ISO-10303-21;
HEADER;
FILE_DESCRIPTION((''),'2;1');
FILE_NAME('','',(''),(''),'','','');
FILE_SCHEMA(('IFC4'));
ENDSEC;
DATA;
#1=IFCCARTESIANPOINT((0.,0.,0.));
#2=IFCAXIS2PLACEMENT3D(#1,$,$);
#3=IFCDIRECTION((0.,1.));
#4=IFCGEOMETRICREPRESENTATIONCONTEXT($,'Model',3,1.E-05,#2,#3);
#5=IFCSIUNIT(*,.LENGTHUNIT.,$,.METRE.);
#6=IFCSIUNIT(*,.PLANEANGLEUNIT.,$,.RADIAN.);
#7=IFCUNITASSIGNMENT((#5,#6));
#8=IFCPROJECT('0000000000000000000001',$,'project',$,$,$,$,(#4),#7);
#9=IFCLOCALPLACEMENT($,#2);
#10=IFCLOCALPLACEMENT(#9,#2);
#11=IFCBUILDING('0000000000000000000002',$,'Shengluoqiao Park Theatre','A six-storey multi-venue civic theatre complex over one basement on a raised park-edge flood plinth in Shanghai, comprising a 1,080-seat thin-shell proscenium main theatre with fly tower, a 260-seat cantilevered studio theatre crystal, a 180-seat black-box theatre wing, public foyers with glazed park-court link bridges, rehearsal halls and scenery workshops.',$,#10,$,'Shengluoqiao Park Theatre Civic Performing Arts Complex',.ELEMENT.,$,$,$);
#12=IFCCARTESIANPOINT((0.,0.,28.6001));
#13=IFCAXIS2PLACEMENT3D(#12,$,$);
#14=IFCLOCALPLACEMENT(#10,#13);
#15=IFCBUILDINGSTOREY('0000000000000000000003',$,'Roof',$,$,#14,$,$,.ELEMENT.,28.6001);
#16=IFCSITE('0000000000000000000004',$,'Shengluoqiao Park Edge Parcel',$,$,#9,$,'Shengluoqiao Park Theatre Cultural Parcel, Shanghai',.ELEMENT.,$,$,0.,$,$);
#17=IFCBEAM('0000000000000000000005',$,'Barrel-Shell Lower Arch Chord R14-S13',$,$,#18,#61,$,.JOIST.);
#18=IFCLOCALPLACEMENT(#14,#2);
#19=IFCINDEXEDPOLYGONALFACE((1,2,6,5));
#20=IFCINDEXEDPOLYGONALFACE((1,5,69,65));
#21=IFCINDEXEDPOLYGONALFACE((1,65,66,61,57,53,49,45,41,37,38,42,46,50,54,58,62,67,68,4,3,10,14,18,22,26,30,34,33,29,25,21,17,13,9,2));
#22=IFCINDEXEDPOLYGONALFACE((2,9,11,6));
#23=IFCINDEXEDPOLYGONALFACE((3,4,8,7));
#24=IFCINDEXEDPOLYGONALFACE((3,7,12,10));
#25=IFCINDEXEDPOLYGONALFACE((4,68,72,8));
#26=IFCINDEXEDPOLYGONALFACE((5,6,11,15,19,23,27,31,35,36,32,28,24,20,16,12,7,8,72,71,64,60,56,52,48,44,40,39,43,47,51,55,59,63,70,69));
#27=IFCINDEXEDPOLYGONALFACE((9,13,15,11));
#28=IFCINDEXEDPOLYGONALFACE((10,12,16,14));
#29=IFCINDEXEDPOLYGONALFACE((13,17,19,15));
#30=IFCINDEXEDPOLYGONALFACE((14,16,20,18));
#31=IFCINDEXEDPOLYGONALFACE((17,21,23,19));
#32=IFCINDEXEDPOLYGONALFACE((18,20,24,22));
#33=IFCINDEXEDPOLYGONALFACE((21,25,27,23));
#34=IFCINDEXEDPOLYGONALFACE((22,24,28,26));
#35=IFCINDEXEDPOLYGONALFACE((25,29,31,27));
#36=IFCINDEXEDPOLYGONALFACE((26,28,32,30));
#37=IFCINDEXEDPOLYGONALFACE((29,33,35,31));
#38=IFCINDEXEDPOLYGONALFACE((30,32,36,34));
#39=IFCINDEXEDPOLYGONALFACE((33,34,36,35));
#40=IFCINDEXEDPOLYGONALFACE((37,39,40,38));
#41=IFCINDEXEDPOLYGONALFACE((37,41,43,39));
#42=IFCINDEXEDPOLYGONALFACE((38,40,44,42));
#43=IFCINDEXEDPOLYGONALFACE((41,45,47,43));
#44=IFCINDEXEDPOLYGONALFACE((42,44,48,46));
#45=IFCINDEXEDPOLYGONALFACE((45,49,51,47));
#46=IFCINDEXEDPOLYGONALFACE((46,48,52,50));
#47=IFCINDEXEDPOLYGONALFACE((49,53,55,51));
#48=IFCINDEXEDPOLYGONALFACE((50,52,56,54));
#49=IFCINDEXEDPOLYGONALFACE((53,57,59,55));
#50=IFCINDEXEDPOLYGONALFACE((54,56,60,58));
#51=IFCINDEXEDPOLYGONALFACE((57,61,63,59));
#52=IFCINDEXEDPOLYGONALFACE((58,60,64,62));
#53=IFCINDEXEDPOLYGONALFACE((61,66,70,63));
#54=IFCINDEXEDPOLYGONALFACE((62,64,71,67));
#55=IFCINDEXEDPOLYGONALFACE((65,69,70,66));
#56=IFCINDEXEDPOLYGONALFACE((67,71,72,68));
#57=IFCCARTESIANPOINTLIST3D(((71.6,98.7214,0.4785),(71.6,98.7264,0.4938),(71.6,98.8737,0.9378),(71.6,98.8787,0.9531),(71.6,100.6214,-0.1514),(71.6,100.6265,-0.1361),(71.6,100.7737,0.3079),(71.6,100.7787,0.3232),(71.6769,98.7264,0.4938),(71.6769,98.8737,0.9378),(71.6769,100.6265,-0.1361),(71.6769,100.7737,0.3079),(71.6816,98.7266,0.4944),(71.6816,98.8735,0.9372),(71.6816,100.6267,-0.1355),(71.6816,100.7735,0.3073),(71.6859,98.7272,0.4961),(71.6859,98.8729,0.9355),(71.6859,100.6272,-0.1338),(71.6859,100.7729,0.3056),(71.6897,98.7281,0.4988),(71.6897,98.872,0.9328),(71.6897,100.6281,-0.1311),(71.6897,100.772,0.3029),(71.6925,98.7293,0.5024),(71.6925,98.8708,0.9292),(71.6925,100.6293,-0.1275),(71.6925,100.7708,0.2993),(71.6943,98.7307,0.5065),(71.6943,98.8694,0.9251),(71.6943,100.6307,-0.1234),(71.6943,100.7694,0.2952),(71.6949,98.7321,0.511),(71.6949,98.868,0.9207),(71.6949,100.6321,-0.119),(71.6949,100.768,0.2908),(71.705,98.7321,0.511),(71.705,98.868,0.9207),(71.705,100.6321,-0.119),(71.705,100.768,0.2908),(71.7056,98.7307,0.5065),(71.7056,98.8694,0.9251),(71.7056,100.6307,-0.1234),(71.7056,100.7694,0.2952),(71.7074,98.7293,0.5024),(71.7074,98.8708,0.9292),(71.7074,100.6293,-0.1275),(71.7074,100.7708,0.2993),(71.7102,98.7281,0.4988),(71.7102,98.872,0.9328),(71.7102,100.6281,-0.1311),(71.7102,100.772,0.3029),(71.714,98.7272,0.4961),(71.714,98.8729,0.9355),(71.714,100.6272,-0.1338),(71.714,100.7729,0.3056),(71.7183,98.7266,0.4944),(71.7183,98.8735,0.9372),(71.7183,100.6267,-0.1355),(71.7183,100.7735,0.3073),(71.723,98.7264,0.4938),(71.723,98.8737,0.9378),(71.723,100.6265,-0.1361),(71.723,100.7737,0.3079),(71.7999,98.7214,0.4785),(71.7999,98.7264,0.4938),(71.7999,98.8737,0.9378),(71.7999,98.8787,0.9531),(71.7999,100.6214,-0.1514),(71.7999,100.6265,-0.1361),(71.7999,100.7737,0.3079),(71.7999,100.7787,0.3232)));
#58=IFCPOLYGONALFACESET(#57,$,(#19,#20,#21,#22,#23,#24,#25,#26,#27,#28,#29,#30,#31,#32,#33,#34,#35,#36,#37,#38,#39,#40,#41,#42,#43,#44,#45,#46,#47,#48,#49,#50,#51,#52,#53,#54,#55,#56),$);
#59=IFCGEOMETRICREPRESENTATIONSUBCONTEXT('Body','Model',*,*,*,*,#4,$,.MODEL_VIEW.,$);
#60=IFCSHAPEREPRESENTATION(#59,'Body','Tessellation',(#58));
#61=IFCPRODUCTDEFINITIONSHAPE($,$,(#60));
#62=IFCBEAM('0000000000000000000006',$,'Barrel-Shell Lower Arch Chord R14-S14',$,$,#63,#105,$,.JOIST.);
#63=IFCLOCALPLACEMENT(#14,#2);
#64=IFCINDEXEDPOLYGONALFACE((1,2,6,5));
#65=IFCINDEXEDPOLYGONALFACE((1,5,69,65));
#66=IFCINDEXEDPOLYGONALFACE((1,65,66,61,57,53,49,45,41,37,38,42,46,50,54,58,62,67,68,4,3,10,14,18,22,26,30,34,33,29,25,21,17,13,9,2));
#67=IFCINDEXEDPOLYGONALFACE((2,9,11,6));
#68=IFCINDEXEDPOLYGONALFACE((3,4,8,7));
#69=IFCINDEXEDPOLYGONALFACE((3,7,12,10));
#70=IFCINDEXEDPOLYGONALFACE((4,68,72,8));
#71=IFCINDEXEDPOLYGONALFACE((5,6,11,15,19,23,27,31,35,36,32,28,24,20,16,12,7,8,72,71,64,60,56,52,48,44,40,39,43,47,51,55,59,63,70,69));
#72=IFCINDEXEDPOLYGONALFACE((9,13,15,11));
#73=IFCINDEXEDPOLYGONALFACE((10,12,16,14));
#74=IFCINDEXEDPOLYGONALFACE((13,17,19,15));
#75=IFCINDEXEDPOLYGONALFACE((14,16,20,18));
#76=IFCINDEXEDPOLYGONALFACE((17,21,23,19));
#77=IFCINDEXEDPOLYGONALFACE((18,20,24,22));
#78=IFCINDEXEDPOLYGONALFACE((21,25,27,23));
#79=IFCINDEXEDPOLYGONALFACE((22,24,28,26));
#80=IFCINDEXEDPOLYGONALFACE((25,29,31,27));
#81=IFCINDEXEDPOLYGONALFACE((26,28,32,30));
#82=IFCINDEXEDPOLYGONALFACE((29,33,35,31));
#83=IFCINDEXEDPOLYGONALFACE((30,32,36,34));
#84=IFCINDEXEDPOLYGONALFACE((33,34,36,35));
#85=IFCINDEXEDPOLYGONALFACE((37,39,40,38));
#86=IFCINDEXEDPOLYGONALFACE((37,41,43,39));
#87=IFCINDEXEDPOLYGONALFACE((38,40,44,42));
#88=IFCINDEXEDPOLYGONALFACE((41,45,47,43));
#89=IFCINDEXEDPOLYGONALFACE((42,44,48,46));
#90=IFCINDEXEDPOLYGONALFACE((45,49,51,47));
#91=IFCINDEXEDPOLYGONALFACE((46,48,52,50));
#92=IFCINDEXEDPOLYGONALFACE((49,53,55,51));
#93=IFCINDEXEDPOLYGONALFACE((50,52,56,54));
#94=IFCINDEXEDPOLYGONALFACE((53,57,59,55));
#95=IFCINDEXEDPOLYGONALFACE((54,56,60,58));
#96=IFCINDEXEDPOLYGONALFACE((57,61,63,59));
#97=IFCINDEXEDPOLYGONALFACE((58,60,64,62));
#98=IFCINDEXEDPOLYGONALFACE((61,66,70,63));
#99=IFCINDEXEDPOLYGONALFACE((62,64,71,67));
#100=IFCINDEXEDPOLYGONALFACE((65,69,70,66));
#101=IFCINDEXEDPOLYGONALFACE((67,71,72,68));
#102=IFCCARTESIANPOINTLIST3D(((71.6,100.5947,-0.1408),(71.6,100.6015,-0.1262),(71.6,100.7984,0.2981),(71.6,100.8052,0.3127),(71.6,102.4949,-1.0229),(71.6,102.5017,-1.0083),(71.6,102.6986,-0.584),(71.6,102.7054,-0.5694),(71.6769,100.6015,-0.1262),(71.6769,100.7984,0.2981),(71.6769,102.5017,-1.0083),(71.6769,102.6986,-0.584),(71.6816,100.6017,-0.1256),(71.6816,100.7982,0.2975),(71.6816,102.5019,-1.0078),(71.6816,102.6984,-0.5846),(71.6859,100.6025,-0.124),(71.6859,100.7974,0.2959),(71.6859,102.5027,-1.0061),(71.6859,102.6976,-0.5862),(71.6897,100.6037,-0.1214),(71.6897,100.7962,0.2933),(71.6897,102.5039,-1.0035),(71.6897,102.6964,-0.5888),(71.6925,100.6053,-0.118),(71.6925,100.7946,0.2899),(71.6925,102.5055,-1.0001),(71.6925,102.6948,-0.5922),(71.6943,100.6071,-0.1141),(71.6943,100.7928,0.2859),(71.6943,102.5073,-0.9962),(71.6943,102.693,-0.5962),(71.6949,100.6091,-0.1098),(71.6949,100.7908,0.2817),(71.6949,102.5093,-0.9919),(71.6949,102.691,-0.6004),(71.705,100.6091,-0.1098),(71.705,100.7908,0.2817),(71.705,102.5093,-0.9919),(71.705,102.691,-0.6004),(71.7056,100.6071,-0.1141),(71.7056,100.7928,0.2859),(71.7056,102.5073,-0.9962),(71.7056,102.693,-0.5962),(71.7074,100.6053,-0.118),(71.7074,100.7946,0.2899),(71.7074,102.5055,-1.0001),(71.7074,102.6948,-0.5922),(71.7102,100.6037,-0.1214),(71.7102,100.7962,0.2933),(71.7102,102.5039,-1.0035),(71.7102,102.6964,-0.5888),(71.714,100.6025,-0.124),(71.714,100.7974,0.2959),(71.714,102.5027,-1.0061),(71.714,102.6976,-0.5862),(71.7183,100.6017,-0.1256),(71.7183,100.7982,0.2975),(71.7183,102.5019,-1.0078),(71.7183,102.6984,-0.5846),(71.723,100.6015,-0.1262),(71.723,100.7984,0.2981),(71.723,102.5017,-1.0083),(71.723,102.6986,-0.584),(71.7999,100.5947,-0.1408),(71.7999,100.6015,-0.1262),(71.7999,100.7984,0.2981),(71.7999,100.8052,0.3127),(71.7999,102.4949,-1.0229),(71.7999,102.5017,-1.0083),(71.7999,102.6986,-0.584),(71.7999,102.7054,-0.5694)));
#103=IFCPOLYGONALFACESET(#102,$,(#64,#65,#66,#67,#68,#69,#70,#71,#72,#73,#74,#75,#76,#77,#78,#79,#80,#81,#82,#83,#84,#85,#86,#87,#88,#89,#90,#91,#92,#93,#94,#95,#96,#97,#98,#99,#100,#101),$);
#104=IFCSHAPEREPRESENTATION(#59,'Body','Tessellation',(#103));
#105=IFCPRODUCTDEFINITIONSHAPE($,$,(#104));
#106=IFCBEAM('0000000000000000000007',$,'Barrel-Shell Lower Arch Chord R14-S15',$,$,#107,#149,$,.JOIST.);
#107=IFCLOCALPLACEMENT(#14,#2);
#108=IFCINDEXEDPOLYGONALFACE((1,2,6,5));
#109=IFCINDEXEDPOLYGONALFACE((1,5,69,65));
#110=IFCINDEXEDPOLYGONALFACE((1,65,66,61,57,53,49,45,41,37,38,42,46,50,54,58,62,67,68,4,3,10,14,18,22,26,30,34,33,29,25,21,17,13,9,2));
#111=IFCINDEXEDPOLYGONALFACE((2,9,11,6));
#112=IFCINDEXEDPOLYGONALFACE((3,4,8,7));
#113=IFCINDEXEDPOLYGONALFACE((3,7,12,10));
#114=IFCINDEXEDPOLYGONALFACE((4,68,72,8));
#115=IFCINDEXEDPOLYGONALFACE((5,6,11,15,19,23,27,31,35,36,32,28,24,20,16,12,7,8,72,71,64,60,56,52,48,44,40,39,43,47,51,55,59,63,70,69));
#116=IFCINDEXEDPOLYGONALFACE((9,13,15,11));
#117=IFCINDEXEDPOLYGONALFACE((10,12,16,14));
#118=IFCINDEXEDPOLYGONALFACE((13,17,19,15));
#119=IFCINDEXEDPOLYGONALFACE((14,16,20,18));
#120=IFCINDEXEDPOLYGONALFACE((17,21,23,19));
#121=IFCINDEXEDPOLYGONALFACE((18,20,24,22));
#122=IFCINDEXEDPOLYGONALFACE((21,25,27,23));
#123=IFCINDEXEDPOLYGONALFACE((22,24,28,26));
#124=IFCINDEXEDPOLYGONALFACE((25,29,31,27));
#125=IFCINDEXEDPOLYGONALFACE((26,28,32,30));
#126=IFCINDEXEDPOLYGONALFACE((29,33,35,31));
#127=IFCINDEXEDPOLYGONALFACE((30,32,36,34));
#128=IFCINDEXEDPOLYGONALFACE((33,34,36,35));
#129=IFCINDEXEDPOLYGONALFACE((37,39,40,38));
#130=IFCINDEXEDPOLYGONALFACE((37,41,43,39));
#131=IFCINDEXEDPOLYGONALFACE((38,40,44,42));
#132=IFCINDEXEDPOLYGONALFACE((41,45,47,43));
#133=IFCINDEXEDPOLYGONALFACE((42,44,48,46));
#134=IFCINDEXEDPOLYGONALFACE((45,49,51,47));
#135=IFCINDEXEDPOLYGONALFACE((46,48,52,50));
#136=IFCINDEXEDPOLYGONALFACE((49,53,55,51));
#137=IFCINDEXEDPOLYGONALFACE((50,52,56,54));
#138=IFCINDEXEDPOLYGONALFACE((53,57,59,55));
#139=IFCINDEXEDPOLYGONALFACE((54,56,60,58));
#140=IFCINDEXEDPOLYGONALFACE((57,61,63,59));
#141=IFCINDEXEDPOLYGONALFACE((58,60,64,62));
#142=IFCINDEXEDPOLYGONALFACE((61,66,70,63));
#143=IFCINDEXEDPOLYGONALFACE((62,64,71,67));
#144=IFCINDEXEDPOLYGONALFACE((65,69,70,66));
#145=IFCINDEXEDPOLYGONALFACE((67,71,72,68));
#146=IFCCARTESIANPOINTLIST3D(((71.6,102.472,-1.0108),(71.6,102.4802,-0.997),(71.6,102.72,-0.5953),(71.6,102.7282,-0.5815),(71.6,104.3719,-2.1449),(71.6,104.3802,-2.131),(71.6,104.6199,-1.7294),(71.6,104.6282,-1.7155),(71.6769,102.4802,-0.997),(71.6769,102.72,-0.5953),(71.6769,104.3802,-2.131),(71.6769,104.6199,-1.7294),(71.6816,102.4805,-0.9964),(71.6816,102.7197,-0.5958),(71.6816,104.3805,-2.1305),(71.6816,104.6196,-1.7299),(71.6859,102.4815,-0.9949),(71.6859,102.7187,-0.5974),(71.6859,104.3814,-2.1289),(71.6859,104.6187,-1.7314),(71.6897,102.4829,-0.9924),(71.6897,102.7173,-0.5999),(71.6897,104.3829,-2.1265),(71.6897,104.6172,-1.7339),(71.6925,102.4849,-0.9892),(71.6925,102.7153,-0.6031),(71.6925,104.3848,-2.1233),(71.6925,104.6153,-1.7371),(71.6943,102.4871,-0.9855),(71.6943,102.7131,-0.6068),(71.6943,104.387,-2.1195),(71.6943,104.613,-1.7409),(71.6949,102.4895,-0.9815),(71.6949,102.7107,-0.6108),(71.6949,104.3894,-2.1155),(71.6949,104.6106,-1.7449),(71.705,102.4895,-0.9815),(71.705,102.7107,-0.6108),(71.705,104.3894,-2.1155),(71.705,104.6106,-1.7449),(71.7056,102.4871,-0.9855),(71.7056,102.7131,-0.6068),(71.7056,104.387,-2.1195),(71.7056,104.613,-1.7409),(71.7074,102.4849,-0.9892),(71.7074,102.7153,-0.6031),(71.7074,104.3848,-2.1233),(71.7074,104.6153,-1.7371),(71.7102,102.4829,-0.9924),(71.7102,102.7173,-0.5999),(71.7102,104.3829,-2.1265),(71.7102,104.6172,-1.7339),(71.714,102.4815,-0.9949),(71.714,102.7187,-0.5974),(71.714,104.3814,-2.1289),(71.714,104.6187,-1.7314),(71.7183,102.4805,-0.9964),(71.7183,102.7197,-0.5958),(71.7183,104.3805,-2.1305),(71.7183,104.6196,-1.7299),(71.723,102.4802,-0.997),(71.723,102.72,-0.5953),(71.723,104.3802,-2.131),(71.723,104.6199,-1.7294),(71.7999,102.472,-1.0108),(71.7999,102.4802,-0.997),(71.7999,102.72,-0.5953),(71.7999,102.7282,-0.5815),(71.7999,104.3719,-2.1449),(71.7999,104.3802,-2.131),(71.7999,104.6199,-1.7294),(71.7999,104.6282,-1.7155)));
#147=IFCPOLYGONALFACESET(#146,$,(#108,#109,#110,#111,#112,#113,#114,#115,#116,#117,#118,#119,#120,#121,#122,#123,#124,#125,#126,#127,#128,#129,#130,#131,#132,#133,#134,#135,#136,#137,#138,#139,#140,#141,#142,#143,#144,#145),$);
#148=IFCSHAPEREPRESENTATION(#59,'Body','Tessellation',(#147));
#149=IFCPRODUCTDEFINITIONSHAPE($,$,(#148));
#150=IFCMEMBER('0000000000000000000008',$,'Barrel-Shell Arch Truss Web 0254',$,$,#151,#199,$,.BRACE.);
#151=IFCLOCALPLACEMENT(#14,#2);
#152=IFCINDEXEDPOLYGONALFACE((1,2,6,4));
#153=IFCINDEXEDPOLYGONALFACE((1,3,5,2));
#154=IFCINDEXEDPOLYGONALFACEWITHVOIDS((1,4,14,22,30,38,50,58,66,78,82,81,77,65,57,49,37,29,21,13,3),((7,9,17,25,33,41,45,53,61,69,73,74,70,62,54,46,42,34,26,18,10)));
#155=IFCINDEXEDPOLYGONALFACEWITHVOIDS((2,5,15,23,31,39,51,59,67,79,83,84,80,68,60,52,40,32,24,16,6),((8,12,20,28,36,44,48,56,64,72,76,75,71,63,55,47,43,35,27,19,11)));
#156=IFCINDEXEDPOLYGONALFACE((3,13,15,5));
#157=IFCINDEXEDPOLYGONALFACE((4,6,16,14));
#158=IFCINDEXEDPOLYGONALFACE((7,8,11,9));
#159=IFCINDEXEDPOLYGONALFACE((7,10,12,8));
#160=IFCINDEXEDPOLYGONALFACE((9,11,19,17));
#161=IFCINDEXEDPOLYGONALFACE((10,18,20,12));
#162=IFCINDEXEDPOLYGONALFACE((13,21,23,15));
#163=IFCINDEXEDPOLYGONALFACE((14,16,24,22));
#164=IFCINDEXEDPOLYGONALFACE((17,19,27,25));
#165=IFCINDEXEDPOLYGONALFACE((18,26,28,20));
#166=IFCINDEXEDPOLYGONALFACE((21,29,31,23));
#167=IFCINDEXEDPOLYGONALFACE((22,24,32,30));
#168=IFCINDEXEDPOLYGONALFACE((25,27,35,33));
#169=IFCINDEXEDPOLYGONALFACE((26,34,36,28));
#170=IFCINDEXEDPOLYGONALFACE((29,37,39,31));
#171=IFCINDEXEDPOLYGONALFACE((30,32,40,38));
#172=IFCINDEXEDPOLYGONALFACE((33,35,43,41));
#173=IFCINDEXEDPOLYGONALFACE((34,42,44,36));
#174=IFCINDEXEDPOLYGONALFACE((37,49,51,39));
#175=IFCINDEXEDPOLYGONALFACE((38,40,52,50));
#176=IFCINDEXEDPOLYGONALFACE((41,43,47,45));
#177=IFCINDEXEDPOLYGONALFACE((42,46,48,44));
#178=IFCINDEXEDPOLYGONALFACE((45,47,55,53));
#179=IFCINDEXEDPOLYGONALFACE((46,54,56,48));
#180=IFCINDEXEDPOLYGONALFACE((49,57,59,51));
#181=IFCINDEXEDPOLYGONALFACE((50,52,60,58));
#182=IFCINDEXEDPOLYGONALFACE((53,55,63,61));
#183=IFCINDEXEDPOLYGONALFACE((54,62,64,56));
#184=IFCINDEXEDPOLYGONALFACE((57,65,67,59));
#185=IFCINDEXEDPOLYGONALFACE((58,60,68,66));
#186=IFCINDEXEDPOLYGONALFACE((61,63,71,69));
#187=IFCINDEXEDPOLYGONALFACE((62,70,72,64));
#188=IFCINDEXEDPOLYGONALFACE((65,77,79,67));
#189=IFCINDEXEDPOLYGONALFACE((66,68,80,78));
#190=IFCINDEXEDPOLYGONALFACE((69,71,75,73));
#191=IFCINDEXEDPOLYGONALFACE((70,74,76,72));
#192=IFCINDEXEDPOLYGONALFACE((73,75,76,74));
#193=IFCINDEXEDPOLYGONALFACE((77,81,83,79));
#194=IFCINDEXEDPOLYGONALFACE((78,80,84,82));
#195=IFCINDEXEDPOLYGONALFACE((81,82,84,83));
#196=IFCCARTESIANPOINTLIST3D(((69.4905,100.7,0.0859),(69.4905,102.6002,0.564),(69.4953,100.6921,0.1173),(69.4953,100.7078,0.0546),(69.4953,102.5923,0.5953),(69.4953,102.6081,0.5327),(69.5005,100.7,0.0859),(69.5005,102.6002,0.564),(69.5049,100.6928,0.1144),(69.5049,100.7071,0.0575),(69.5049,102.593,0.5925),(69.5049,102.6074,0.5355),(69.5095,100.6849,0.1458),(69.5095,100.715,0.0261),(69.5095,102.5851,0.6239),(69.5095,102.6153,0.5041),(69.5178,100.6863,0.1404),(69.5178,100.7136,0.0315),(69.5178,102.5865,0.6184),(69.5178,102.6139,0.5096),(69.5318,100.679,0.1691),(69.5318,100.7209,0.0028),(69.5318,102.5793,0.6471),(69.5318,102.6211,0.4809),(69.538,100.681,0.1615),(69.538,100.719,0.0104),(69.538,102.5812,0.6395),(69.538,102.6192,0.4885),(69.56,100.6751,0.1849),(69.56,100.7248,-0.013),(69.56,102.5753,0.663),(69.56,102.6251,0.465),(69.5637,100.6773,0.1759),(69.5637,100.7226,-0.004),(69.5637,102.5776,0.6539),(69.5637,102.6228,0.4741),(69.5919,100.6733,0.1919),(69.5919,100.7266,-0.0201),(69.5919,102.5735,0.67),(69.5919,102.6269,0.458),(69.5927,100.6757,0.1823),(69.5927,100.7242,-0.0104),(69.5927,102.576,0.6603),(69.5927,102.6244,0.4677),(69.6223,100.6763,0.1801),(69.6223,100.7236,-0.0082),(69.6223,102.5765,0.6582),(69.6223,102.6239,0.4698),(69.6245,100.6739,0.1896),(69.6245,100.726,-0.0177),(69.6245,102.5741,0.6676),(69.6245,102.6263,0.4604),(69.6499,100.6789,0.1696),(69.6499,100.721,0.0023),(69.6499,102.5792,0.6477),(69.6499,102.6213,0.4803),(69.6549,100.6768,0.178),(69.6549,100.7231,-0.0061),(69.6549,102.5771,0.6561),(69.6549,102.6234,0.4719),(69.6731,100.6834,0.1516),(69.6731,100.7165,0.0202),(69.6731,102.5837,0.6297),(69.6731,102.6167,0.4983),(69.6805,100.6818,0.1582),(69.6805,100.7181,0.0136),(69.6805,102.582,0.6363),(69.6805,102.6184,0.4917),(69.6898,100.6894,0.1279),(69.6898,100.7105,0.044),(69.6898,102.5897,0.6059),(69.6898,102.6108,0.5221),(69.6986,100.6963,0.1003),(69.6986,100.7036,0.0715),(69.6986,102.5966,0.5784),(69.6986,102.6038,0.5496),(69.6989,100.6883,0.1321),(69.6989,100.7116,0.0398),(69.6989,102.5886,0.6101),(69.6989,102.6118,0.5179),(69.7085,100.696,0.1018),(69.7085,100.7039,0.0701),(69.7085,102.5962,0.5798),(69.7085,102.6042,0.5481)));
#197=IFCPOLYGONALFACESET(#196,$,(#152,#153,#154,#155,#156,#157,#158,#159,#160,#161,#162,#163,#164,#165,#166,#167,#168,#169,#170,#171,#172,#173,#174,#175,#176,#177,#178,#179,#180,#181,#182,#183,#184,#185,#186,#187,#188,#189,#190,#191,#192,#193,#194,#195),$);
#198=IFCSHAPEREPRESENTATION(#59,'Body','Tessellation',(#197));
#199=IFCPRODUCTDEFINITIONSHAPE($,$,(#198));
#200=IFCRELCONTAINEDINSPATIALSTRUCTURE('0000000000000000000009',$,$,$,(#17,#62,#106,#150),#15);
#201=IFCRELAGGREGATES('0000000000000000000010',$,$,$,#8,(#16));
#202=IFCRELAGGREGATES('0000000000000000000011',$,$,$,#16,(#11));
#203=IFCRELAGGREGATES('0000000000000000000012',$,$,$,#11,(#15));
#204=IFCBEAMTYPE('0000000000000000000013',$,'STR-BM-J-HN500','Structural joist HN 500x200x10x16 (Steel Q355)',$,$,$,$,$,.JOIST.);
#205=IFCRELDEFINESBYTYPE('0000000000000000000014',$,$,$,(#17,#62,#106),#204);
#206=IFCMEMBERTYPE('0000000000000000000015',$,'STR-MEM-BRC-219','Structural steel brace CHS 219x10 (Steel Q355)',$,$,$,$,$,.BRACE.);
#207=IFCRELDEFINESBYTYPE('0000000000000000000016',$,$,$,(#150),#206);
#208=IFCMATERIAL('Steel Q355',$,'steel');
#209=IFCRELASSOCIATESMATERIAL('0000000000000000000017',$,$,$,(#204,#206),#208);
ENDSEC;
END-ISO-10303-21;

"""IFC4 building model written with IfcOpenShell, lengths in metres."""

from ifc_helpers import new_model, si_unit, direction, frame, origin, origin_2d, place, context, subcontext, project, spatial, hollow_circle, i_section, extrude, material, material_profile, profile_set, type_object, element, save


model = new_model("IFC4")

# Units and contexts
model_context = context("Model", 3, precision=1e-05, world=origin(), true_north=direction((0.0, 1.0)))
body_context = subcontext(model_context, "Body", "Model", "MODEL_VIEW")
ifc_project = project(units=[si_unit("LENGTHUNIT", "METRE"), si_unit("PLANEANGLEUNIT", "RADIAN")], contexts=[model_context])

# Site, building, storey
site_placement = place(None, origin())
site = spatial("IfcSite", under=ifc_project, at=site_placement, Name="Shengluoqiao Park Edge Parcel", LongName="Shengluoqiao Park Theatre Cultural Parcel, Shanghai", CompositionType="ELEMENT", RefElevation=0.0)
building_placement = place(site_placement, origin())
building = spatial("IfcBuilding", under=site, at=building_placement, Name="Shengluoqiao Park Theatre", Description="A six-storey multi-venue civic theatre complex over one basement on a raised park-edge flood plinth in Shanghai, comprising a 1,080-seat thin-shell proscenium main theatre with fly tower, a 260-seat cantilevered studio theatre crystal, a 180-seat black-box theatre wing, public foyers with glazed park-court link bridges, rehearsal halls and scenery workshops.", LongName="Shengluoqiao Park Theatre Civic Performing Arts Complex", CompositionType="ELEMENT")
storey_placement = place(building_placement, frame((0.0, 0.0, 28.6001)))
storey = spatial("IfcBuildingStorey", under=building, at=storey_placement, Name="Roof", CompositionType="ELEMENT", Elevation=28.6001)

# Beams
ifc_material_1 = material(Name="Steel Q355", Category="steel")
ifc_material_profile_1 = material_profile(ifc_material_1, i_section(OverallWidth=0.2, OverallDepth=0.5, WebThickness=0.01, FlangeThickness=0.0161, FilletRadius=0.0181, at=origin_2d()), Name="HN 500x200x10x16")
ifc_profile_set_1 = profile_set([ifc_material_profile_1], Name="Steel Q355")
beam_type_1 = type_object("IfcBeamType", Name="STR-BM-J-HN500", Description="Structural joist HN 500x200x10x16 (Steel Q355)", PredefinedType="JOIST", material=ifc_profile_set_1)
beam_1_placement = place(storey_placement, frame((71.7, 98.8, 0.7158), z_axis=(0.0, 0.949194, -0.31469), x_axis=(-1.0, 0.0, 0.0)))
element("IfcBeam", 1, at=beam_1_placement, inside=storey, type_object=beam_type_1, Name="Barrel-Shell Lower Arch Chord R14-S13", PredefinedType="JOIST", context=body_context, shape_type="SweptSolid", body=[
    extrude(i_section(OverallWidth=0.2, OverallDepth=0.5, WebThickness=0.01, FlangeThickness=0.0161, FilletRadius=0.0181, at=origin_2d()), origin(), (0.0, 0.0, 1.0), 2.0017),
])
beam_2_placement = place(storey_placement, frame((71.7, 100.7, 0.0859), z_axis=(0.0, 0.907033, -0.42106), x_axis=(-1.0, 0.0, 0.0)))
element("IfcBeam", 2, at=beam_2_placement, inside=storey, type_object=beam_type_1, Name="Barrel-Shell Lower Arch Chord R14-S14", PredefinedType="JOIST", context=body_context, shape_type="SweptSolid", body=[
    extrude(i_section(OverallWidth=0.2, OverallDepth=0.5, WebThickness=0.01, FlangeThickness=0.0161, FilletRadius=0.0181, at=origin_2d()), origin(), (0.0, 0.0, 1.0), 2.095),
])
beam_3_placement = place(storey_placement, frame((71.7, 102.6001, -0.7961), z_axis=(0.0, 0.858669, -0.512531), x_axis=(-1.0, 0.0, 0.0)))
element("IfcBeam", 3, at=beam_3_placement, inside=storey, type_object=beam_type_1, Name="Barrel-Shell Lower Arch Chord R14-S15", PredefinedType="JOIST", context=body_context, shape_type="SweptSolid", body=[
    extrude(i_section(OverallWidth=0.2, OverallDepth=0.5, WebThickness=0.01, FlangeThickness=0.0161, FilletRadius=0.0181, at=origin_2d()), origin(), (0.0, 0.0, 1.0), 2.2126),
])

# Member
ifc_material_profile_2 = material_profile(ifc_material_1, hollow_circle(Radius=0.1096, WallThickness=0.01, at=origin_2d()), Name="CHS 219x10")
ifc_profile_set_2 = profile_set([ifc_material_profile_2], Name="Steel Q355")
member_type_1 = type_object("IfcMemberType", Name="STR-MEM-BRC-219", Description="Structural steel brace CHS 219x10 (Steel Q355)", PredefinedType="BRACE", material=ifc_profile_set_2)
member_1_placement = place(storey_placement, frame((69.6001, 100.7, 0.0859), z_axis=(0.0, 0.969782, 0.243972), x_axis=(-1.0, 0.0, 0.0)))
element("IfcMember", 4, at=member_1_placement, inside=storey, type_object=member_type_1, Name="Barrel-Shell Arch Truss Web 0254", PredefinedType="BRACE", context=body_context, shape_type="SweptSolid", body=[
    extrude(hollow_circle(Radius=0.1096, WallThickness=0.01, at=origin_2d()), origin(), (0.0, 0.0, 1.0), 1.9595),
])

save(model, "model.ifc")
